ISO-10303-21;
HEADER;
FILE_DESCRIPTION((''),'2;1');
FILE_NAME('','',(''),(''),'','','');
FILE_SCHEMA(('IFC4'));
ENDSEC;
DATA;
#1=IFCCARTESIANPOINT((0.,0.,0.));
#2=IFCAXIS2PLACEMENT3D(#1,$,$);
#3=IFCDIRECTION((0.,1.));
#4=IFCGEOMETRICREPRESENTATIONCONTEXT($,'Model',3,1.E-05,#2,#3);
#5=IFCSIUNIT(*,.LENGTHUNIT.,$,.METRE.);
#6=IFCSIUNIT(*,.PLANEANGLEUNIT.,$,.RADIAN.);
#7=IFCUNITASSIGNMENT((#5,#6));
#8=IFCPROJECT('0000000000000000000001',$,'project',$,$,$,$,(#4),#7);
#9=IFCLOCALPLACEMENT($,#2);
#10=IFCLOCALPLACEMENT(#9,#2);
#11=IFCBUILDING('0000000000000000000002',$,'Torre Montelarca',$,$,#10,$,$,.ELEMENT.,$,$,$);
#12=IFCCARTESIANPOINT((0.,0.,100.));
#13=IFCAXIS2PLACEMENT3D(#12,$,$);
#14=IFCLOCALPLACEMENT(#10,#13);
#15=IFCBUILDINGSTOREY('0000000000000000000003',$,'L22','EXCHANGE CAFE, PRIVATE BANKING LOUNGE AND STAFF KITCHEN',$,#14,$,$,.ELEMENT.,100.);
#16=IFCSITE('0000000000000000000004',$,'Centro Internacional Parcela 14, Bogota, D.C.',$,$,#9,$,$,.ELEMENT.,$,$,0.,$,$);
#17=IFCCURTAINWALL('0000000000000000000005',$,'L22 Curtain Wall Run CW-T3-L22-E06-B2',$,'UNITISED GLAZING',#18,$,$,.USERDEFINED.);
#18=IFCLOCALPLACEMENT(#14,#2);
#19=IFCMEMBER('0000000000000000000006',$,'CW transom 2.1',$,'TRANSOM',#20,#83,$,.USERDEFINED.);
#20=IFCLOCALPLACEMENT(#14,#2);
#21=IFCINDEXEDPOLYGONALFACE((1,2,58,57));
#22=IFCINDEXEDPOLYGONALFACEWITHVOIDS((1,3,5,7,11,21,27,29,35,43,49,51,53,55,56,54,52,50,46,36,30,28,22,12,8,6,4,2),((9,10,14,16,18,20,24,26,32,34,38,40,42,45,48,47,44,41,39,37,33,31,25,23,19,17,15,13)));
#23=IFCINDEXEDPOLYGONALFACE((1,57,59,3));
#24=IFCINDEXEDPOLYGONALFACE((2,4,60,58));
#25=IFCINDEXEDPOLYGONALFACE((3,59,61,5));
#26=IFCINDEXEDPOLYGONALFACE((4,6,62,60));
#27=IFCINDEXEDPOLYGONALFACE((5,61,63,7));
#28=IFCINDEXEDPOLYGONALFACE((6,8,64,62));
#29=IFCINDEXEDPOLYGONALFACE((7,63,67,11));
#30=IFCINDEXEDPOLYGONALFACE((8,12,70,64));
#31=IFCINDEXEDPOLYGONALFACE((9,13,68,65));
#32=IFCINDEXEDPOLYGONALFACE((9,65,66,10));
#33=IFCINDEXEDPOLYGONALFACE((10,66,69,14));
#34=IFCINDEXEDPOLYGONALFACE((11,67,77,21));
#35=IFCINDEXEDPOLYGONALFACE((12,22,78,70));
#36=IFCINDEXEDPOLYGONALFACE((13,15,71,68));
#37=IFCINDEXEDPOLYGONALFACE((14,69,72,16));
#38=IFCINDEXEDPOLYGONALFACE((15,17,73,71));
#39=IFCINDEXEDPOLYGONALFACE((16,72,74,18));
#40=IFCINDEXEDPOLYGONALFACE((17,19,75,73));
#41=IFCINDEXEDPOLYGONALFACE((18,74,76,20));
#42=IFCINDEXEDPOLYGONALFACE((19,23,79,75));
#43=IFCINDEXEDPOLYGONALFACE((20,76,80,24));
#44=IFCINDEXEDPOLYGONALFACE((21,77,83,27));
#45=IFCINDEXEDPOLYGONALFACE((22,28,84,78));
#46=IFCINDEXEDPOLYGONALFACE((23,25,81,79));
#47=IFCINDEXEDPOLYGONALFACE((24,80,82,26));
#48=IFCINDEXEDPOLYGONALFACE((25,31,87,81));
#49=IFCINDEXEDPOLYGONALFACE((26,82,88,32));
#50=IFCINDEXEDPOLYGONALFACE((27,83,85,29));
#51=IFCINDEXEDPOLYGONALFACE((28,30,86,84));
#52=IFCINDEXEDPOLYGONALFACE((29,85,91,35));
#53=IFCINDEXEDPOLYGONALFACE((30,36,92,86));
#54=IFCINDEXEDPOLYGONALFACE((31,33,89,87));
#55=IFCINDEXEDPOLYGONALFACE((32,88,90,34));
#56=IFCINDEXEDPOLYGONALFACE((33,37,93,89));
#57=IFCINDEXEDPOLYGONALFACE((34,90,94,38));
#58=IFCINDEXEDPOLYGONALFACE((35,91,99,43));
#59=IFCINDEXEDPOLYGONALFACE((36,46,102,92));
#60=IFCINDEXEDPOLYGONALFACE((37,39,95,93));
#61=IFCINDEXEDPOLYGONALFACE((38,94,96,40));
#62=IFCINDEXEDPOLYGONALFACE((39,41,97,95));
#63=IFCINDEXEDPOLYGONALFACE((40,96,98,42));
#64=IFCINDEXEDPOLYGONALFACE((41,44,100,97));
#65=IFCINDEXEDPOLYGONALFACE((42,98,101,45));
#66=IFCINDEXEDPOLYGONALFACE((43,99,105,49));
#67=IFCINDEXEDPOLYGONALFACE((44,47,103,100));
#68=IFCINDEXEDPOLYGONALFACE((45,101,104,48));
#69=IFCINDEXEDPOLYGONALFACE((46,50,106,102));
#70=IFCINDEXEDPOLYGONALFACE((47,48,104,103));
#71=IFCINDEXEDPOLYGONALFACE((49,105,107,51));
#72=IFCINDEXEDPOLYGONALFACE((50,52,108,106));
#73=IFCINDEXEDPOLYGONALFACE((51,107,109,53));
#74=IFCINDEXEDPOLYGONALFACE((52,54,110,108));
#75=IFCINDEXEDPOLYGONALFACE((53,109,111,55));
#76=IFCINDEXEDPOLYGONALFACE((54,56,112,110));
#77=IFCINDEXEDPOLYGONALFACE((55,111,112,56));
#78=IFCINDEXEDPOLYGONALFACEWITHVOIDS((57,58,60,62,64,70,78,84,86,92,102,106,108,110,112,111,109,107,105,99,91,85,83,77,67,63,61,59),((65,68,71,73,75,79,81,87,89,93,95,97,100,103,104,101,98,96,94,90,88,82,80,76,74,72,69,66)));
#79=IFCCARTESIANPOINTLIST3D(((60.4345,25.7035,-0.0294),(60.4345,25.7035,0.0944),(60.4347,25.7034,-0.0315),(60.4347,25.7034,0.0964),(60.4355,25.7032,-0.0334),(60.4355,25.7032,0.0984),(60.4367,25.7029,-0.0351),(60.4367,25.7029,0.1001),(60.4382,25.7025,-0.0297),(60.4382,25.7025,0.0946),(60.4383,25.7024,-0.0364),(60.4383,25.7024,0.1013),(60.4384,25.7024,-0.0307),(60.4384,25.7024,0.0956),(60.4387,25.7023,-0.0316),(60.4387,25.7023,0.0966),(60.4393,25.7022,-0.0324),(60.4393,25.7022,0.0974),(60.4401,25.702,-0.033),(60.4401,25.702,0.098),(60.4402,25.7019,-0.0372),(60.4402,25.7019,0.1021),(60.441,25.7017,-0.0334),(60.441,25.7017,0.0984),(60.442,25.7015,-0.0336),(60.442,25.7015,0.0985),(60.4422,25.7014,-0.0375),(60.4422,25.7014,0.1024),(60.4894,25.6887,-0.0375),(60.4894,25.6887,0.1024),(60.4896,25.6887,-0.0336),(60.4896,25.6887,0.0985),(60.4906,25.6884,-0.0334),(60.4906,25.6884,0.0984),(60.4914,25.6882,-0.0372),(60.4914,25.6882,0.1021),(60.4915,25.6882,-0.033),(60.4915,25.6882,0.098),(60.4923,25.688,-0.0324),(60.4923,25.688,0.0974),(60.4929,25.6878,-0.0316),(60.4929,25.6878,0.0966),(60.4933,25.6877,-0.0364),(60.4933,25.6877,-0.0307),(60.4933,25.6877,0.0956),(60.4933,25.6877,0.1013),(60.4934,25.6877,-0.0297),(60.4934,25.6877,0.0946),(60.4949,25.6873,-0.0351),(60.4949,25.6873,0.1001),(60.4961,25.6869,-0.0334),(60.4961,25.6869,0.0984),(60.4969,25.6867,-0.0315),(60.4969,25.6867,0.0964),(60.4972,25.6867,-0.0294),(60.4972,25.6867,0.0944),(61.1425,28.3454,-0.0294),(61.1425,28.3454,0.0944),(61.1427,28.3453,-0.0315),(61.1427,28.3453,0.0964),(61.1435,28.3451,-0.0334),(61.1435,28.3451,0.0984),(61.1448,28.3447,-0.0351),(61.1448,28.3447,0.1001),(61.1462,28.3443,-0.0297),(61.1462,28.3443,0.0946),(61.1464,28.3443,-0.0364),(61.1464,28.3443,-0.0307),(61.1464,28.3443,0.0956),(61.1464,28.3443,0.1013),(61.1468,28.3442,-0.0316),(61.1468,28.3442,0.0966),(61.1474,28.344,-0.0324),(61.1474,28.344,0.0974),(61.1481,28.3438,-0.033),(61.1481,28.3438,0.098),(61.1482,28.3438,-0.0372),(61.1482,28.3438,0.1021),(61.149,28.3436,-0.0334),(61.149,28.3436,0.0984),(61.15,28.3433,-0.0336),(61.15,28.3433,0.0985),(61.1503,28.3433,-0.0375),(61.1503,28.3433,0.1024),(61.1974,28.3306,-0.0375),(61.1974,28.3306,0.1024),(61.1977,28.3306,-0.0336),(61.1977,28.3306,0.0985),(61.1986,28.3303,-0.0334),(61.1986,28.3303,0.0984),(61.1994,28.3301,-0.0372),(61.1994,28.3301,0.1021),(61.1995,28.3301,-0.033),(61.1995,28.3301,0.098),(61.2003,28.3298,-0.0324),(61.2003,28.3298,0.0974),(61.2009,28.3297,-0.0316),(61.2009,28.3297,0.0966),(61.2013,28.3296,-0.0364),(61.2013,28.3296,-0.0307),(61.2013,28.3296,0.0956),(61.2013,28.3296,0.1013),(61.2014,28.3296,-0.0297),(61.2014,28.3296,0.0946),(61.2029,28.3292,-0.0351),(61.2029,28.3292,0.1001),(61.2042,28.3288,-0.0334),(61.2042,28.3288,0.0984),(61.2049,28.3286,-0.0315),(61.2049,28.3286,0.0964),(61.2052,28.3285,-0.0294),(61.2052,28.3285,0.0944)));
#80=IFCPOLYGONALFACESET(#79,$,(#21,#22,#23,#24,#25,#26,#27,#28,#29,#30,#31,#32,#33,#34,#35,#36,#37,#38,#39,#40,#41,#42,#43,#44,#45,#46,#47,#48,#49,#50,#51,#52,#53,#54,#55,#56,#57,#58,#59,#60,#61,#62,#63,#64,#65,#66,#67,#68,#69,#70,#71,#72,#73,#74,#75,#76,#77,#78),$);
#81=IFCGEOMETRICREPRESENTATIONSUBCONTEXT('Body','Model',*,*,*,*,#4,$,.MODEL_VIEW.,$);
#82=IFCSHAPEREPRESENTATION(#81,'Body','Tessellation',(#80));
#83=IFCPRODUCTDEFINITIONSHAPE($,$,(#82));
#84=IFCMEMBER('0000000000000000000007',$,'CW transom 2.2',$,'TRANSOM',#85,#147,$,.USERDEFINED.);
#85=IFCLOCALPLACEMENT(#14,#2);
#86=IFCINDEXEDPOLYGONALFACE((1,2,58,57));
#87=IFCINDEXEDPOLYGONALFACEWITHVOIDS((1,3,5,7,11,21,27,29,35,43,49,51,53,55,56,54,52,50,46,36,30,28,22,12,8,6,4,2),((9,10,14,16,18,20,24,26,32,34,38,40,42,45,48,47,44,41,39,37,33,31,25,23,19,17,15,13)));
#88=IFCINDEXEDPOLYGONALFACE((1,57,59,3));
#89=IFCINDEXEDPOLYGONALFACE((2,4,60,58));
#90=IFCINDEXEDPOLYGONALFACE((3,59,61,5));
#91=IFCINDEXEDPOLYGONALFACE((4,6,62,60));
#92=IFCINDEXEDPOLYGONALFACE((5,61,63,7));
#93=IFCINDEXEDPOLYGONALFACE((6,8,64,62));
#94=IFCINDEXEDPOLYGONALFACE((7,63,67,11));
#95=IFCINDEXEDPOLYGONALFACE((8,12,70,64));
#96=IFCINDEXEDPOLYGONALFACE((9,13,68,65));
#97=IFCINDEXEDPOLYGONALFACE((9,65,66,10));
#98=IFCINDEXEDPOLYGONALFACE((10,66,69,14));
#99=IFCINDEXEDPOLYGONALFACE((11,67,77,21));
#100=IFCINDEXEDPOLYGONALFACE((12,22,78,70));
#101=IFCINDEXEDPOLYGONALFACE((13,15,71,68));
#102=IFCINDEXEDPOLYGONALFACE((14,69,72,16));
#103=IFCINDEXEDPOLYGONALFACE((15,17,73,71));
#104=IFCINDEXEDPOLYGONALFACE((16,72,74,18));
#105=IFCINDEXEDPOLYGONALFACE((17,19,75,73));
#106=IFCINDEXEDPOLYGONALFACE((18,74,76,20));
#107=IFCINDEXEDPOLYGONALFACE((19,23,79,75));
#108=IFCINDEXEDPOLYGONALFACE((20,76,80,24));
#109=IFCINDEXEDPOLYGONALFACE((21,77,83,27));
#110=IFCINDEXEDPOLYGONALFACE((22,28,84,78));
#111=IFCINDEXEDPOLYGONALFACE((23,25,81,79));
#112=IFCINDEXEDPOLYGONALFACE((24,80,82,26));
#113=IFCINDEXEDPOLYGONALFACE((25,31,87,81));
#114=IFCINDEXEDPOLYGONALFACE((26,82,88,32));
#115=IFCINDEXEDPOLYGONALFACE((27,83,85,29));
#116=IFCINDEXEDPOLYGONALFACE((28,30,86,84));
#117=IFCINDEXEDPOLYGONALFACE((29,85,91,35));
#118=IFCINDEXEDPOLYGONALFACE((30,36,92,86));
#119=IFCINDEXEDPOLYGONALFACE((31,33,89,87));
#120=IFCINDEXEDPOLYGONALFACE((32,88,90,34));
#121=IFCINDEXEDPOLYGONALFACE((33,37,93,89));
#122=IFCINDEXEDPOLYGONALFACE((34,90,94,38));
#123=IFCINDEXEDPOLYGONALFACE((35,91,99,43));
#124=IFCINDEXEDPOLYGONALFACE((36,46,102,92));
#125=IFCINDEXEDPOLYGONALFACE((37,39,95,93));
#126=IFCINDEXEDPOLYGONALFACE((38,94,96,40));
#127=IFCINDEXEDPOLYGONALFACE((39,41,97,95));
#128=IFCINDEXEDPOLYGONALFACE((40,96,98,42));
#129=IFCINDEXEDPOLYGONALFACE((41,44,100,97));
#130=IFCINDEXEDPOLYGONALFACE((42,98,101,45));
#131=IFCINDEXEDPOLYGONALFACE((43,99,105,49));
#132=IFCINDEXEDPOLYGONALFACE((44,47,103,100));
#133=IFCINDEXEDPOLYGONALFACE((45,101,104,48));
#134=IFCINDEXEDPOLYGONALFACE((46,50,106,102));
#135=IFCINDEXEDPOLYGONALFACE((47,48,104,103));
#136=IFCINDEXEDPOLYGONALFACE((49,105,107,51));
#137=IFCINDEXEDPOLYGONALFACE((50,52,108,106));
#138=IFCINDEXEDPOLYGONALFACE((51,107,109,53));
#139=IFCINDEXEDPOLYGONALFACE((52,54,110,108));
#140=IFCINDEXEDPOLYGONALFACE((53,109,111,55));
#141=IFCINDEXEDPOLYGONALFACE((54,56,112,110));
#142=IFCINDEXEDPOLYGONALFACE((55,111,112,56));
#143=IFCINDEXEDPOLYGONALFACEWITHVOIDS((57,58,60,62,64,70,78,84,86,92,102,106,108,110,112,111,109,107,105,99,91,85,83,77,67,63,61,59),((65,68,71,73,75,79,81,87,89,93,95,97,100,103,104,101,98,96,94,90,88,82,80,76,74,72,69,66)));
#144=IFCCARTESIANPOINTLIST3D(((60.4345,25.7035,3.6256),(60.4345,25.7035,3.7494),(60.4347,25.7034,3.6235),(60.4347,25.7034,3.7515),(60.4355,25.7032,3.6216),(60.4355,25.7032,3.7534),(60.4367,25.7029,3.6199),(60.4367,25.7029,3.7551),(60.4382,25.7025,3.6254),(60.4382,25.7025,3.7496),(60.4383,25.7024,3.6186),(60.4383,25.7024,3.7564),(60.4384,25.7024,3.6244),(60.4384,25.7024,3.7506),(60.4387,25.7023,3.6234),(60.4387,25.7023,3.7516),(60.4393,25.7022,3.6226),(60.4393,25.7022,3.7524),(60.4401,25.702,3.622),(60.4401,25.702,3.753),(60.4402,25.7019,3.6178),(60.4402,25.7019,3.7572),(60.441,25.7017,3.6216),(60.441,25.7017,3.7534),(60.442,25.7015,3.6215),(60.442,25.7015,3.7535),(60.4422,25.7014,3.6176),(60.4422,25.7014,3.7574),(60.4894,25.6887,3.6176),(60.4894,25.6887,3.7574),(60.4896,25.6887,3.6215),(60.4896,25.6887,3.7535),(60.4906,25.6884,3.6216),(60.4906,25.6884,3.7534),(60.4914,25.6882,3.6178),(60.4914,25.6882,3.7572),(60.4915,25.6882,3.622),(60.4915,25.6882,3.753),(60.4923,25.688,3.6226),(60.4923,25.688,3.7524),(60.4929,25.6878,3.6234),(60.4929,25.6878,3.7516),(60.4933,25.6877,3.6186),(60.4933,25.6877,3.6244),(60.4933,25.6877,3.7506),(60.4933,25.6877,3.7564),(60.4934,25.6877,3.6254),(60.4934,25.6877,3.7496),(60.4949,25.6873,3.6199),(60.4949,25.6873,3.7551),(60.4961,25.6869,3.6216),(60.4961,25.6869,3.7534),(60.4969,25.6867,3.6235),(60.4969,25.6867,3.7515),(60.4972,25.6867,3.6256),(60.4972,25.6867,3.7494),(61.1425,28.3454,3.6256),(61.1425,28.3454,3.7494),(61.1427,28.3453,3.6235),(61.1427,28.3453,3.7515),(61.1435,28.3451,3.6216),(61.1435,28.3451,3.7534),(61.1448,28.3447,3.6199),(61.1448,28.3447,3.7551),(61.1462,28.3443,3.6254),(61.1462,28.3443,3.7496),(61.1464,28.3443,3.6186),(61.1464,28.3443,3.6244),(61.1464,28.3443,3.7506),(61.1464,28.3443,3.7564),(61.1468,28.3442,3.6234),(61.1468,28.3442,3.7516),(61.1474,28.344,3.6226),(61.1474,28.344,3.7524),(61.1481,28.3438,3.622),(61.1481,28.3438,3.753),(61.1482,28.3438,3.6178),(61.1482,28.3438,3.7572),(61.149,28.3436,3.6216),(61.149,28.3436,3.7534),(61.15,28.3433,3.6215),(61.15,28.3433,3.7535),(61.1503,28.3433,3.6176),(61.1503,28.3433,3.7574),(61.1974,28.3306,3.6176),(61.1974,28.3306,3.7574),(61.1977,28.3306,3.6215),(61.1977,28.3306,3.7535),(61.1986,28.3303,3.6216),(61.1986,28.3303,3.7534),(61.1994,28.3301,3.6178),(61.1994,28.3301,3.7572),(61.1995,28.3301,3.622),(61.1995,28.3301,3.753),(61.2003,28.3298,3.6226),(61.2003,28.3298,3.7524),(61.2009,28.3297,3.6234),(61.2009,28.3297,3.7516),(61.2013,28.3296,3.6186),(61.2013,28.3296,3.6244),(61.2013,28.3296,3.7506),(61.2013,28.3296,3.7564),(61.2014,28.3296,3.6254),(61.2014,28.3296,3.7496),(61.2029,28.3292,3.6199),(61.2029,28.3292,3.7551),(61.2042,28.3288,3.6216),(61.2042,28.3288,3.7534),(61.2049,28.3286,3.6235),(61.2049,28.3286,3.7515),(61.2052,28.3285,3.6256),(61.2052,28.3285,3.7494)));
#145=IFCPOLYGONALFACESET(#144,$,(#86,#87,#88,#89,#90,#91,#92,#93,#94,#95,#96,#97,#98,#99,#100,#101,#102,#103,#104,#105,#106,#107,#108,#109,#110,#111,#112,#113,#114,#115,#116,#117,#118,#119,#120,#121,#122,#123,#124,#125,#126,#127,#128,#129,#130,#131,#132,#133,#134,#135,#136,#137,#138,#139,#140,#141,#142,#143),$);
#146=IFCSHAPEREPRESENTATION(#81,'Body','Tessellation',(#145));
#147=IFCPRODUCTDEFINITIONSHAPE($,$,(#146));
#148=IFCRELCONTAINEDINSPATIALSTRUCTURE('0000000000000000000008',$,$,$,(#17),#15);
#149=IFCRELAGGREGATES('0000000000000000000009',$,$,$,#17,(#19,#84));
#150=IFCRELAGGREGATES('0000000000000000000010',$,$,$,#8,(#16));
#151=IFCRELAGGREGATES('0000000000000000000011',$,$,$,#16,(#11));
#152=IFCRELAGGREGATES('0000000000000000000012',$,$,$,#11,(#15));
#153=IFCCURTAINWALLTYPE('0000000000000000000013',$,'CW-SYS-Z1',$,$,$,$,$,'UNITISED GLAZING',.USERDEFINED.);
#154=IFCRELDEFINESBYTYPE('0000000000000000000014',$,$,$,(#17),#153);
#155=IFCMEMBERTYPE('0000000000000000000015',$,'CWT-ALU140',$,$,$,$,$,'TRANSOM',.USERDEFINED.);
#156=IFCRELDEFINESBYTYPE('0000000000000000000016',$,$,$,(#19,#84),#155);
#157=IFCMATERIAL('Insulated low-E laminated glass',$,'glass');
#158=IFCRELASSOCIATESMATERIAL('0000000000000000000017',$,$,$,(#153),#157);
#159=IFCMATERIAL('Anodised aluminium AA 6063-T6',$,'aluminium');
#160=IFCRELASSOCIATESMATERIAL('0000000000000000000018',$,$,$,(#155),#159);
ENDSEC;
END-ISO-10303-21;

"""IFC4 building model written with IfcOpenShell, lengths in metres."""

from ifc_helpers import new_model, si_unit, direction, frame, origin, origin_2d, place, context, subcontext, project, spatial, hollow_rectangle, extrude, source, transform, mapped, material, material_profile, profile_set, type_object, element, aggregate, save


model = new_model("IFC4")

# Units and contexts
model_context = context("Model", 3, precision=1e-05, world=origin(), true_north=direction((0.0, 1.0)))
body_context = subcontext(model_context, "Body", "Model", "MODEL_VIEW")
ifc_project = project(units=[si_unit("LENGTHUNIT", "METRE"), si_unit("PLANEANGLEUNIT", "RADIAN")], contexts=[model_context])

# Site, building, storey
site_placement = place(None, origin())
site = spatial("IfcSite", under=ifc_project, at=site_placement, Name="Centro Internacional Parcela 14, Bogota, D.C.", CompositionType="ELEMENT", RefElevation=0.0)
building_placement = place(site_placement, origin())
building = spatial("IfcBuilding", under=site, at=building_placement, Name="Torre Montelarca", CompositionType="ELEMENT")
storey_placement = place(building_placement, frame((0.0, 0.0, 100.0)))
storey = spatial("IfcBuildingStorey", under=building, at=storey_placement, Name="L22", Description="EXCHANGE CAFE, PRIVATE BANKING LOUNGE AND STAFF KITCHEN", CompositionType="ELEMENT", Elevation=100.0)

# Curtain wall, members
ifc_material_1 = material(Name="Insulated low-E laminated glass", Category="glass")
curtain_wall_type = type_object("IfcCurtainWallType", Name="CW-SYS-Z1", ElementType="UNITISED GLAZING", PredefinedType="USERDEFINED", material=ifc_material_1)
ifc_material_2 = material(Name="Anodised aluminium AA 6063-T6", Category="aluminium")
ifc_material_profile_1 = material_profile(ifc_material_2, hollow_rectangle(XDim=0.0649, YDim=0.1399, WallThickness=0.0039, InnerFilletRadius=0.0039, OuterFilletRadius=0.0081, at=origin_2d()), Name="ALU65X140X4", Category="aluminium")
ifc_profile_set_1 = profile_set([ifc_material_profile_1], Name="Anodised aluminium AA 6063-T6")
member_type_1 = type_object("IfcMemberType", Name="CWT-ALU140", ElementType="TRANSOM", PredefinedType="USERDEFINED", material=ifc_profile_set_1)
curtain_wall_1_placement = place(storey_placement, origin())
curtain_wall_1 = element("IfcCurtainWall", 1, at=curtain_wall_1_placement, inside=storey, type_object=curtain_wall_type, Name="L22 Curtain Wall Run CW-T3-L22-E06-B2", ObjectType="UNITISED GLAZING", PredefinedType="USERDEFINED")
shared_shape_1 = source(origin(), body_context, "Body", "SweptSolid", [
    extrude(hollow_rectangle(XDim=0.0649, YDim=0.1399, WallThickness=0.0039, InnerFilletRadius=0.0039, OuterFilletRadius=0.0081, at=origin_2d()), origin(), (0.0, 0.0, 1.0), 2.7351),
])
member_1_placement = place(storey_placement, frame((60.4658, 25.6951, 0.0325), z_axis=(0.258863, 0.965914, 0.0), x_axis=(-0.965914, 0.258863, 0.0)))
member_1 = element("IfcMember", 2, at=member_1_placement, type_object=member_type_1, Name="CW transom 2.1", ObjectType="TRANSOM", PredefinedType="USERDEFINED", context=body_context, shape_type="MappedRepresentation", body=[
    mapped(shared_shape_1, transform((0.0, 0.0, 0.0), scale=1.0)),
])
member_2_placement = place(storey_placement, frame((60.4658, 25.6951, 3.6875), z_axis=(0.258863, 0.965914, 0.0), x_axis=(-0.965914, 0.258863, 0.0)))
member_2 = element("IfcMember", 3, at=member_2_placement, type_object=member_type_1, Name="CW transom 2.2", ObjectType="TRANSOM", PredefinedType="USERDEFINED", context=body_context, shape_type="MappedRepresentation", body=[
    mapped(shared_shape_1, transform((0.0, 0.0, 0.0), scale=1.0)),
])

aggregate(curtain_wall_1, [member_1, member_2])

save(model, "model.ifc")
